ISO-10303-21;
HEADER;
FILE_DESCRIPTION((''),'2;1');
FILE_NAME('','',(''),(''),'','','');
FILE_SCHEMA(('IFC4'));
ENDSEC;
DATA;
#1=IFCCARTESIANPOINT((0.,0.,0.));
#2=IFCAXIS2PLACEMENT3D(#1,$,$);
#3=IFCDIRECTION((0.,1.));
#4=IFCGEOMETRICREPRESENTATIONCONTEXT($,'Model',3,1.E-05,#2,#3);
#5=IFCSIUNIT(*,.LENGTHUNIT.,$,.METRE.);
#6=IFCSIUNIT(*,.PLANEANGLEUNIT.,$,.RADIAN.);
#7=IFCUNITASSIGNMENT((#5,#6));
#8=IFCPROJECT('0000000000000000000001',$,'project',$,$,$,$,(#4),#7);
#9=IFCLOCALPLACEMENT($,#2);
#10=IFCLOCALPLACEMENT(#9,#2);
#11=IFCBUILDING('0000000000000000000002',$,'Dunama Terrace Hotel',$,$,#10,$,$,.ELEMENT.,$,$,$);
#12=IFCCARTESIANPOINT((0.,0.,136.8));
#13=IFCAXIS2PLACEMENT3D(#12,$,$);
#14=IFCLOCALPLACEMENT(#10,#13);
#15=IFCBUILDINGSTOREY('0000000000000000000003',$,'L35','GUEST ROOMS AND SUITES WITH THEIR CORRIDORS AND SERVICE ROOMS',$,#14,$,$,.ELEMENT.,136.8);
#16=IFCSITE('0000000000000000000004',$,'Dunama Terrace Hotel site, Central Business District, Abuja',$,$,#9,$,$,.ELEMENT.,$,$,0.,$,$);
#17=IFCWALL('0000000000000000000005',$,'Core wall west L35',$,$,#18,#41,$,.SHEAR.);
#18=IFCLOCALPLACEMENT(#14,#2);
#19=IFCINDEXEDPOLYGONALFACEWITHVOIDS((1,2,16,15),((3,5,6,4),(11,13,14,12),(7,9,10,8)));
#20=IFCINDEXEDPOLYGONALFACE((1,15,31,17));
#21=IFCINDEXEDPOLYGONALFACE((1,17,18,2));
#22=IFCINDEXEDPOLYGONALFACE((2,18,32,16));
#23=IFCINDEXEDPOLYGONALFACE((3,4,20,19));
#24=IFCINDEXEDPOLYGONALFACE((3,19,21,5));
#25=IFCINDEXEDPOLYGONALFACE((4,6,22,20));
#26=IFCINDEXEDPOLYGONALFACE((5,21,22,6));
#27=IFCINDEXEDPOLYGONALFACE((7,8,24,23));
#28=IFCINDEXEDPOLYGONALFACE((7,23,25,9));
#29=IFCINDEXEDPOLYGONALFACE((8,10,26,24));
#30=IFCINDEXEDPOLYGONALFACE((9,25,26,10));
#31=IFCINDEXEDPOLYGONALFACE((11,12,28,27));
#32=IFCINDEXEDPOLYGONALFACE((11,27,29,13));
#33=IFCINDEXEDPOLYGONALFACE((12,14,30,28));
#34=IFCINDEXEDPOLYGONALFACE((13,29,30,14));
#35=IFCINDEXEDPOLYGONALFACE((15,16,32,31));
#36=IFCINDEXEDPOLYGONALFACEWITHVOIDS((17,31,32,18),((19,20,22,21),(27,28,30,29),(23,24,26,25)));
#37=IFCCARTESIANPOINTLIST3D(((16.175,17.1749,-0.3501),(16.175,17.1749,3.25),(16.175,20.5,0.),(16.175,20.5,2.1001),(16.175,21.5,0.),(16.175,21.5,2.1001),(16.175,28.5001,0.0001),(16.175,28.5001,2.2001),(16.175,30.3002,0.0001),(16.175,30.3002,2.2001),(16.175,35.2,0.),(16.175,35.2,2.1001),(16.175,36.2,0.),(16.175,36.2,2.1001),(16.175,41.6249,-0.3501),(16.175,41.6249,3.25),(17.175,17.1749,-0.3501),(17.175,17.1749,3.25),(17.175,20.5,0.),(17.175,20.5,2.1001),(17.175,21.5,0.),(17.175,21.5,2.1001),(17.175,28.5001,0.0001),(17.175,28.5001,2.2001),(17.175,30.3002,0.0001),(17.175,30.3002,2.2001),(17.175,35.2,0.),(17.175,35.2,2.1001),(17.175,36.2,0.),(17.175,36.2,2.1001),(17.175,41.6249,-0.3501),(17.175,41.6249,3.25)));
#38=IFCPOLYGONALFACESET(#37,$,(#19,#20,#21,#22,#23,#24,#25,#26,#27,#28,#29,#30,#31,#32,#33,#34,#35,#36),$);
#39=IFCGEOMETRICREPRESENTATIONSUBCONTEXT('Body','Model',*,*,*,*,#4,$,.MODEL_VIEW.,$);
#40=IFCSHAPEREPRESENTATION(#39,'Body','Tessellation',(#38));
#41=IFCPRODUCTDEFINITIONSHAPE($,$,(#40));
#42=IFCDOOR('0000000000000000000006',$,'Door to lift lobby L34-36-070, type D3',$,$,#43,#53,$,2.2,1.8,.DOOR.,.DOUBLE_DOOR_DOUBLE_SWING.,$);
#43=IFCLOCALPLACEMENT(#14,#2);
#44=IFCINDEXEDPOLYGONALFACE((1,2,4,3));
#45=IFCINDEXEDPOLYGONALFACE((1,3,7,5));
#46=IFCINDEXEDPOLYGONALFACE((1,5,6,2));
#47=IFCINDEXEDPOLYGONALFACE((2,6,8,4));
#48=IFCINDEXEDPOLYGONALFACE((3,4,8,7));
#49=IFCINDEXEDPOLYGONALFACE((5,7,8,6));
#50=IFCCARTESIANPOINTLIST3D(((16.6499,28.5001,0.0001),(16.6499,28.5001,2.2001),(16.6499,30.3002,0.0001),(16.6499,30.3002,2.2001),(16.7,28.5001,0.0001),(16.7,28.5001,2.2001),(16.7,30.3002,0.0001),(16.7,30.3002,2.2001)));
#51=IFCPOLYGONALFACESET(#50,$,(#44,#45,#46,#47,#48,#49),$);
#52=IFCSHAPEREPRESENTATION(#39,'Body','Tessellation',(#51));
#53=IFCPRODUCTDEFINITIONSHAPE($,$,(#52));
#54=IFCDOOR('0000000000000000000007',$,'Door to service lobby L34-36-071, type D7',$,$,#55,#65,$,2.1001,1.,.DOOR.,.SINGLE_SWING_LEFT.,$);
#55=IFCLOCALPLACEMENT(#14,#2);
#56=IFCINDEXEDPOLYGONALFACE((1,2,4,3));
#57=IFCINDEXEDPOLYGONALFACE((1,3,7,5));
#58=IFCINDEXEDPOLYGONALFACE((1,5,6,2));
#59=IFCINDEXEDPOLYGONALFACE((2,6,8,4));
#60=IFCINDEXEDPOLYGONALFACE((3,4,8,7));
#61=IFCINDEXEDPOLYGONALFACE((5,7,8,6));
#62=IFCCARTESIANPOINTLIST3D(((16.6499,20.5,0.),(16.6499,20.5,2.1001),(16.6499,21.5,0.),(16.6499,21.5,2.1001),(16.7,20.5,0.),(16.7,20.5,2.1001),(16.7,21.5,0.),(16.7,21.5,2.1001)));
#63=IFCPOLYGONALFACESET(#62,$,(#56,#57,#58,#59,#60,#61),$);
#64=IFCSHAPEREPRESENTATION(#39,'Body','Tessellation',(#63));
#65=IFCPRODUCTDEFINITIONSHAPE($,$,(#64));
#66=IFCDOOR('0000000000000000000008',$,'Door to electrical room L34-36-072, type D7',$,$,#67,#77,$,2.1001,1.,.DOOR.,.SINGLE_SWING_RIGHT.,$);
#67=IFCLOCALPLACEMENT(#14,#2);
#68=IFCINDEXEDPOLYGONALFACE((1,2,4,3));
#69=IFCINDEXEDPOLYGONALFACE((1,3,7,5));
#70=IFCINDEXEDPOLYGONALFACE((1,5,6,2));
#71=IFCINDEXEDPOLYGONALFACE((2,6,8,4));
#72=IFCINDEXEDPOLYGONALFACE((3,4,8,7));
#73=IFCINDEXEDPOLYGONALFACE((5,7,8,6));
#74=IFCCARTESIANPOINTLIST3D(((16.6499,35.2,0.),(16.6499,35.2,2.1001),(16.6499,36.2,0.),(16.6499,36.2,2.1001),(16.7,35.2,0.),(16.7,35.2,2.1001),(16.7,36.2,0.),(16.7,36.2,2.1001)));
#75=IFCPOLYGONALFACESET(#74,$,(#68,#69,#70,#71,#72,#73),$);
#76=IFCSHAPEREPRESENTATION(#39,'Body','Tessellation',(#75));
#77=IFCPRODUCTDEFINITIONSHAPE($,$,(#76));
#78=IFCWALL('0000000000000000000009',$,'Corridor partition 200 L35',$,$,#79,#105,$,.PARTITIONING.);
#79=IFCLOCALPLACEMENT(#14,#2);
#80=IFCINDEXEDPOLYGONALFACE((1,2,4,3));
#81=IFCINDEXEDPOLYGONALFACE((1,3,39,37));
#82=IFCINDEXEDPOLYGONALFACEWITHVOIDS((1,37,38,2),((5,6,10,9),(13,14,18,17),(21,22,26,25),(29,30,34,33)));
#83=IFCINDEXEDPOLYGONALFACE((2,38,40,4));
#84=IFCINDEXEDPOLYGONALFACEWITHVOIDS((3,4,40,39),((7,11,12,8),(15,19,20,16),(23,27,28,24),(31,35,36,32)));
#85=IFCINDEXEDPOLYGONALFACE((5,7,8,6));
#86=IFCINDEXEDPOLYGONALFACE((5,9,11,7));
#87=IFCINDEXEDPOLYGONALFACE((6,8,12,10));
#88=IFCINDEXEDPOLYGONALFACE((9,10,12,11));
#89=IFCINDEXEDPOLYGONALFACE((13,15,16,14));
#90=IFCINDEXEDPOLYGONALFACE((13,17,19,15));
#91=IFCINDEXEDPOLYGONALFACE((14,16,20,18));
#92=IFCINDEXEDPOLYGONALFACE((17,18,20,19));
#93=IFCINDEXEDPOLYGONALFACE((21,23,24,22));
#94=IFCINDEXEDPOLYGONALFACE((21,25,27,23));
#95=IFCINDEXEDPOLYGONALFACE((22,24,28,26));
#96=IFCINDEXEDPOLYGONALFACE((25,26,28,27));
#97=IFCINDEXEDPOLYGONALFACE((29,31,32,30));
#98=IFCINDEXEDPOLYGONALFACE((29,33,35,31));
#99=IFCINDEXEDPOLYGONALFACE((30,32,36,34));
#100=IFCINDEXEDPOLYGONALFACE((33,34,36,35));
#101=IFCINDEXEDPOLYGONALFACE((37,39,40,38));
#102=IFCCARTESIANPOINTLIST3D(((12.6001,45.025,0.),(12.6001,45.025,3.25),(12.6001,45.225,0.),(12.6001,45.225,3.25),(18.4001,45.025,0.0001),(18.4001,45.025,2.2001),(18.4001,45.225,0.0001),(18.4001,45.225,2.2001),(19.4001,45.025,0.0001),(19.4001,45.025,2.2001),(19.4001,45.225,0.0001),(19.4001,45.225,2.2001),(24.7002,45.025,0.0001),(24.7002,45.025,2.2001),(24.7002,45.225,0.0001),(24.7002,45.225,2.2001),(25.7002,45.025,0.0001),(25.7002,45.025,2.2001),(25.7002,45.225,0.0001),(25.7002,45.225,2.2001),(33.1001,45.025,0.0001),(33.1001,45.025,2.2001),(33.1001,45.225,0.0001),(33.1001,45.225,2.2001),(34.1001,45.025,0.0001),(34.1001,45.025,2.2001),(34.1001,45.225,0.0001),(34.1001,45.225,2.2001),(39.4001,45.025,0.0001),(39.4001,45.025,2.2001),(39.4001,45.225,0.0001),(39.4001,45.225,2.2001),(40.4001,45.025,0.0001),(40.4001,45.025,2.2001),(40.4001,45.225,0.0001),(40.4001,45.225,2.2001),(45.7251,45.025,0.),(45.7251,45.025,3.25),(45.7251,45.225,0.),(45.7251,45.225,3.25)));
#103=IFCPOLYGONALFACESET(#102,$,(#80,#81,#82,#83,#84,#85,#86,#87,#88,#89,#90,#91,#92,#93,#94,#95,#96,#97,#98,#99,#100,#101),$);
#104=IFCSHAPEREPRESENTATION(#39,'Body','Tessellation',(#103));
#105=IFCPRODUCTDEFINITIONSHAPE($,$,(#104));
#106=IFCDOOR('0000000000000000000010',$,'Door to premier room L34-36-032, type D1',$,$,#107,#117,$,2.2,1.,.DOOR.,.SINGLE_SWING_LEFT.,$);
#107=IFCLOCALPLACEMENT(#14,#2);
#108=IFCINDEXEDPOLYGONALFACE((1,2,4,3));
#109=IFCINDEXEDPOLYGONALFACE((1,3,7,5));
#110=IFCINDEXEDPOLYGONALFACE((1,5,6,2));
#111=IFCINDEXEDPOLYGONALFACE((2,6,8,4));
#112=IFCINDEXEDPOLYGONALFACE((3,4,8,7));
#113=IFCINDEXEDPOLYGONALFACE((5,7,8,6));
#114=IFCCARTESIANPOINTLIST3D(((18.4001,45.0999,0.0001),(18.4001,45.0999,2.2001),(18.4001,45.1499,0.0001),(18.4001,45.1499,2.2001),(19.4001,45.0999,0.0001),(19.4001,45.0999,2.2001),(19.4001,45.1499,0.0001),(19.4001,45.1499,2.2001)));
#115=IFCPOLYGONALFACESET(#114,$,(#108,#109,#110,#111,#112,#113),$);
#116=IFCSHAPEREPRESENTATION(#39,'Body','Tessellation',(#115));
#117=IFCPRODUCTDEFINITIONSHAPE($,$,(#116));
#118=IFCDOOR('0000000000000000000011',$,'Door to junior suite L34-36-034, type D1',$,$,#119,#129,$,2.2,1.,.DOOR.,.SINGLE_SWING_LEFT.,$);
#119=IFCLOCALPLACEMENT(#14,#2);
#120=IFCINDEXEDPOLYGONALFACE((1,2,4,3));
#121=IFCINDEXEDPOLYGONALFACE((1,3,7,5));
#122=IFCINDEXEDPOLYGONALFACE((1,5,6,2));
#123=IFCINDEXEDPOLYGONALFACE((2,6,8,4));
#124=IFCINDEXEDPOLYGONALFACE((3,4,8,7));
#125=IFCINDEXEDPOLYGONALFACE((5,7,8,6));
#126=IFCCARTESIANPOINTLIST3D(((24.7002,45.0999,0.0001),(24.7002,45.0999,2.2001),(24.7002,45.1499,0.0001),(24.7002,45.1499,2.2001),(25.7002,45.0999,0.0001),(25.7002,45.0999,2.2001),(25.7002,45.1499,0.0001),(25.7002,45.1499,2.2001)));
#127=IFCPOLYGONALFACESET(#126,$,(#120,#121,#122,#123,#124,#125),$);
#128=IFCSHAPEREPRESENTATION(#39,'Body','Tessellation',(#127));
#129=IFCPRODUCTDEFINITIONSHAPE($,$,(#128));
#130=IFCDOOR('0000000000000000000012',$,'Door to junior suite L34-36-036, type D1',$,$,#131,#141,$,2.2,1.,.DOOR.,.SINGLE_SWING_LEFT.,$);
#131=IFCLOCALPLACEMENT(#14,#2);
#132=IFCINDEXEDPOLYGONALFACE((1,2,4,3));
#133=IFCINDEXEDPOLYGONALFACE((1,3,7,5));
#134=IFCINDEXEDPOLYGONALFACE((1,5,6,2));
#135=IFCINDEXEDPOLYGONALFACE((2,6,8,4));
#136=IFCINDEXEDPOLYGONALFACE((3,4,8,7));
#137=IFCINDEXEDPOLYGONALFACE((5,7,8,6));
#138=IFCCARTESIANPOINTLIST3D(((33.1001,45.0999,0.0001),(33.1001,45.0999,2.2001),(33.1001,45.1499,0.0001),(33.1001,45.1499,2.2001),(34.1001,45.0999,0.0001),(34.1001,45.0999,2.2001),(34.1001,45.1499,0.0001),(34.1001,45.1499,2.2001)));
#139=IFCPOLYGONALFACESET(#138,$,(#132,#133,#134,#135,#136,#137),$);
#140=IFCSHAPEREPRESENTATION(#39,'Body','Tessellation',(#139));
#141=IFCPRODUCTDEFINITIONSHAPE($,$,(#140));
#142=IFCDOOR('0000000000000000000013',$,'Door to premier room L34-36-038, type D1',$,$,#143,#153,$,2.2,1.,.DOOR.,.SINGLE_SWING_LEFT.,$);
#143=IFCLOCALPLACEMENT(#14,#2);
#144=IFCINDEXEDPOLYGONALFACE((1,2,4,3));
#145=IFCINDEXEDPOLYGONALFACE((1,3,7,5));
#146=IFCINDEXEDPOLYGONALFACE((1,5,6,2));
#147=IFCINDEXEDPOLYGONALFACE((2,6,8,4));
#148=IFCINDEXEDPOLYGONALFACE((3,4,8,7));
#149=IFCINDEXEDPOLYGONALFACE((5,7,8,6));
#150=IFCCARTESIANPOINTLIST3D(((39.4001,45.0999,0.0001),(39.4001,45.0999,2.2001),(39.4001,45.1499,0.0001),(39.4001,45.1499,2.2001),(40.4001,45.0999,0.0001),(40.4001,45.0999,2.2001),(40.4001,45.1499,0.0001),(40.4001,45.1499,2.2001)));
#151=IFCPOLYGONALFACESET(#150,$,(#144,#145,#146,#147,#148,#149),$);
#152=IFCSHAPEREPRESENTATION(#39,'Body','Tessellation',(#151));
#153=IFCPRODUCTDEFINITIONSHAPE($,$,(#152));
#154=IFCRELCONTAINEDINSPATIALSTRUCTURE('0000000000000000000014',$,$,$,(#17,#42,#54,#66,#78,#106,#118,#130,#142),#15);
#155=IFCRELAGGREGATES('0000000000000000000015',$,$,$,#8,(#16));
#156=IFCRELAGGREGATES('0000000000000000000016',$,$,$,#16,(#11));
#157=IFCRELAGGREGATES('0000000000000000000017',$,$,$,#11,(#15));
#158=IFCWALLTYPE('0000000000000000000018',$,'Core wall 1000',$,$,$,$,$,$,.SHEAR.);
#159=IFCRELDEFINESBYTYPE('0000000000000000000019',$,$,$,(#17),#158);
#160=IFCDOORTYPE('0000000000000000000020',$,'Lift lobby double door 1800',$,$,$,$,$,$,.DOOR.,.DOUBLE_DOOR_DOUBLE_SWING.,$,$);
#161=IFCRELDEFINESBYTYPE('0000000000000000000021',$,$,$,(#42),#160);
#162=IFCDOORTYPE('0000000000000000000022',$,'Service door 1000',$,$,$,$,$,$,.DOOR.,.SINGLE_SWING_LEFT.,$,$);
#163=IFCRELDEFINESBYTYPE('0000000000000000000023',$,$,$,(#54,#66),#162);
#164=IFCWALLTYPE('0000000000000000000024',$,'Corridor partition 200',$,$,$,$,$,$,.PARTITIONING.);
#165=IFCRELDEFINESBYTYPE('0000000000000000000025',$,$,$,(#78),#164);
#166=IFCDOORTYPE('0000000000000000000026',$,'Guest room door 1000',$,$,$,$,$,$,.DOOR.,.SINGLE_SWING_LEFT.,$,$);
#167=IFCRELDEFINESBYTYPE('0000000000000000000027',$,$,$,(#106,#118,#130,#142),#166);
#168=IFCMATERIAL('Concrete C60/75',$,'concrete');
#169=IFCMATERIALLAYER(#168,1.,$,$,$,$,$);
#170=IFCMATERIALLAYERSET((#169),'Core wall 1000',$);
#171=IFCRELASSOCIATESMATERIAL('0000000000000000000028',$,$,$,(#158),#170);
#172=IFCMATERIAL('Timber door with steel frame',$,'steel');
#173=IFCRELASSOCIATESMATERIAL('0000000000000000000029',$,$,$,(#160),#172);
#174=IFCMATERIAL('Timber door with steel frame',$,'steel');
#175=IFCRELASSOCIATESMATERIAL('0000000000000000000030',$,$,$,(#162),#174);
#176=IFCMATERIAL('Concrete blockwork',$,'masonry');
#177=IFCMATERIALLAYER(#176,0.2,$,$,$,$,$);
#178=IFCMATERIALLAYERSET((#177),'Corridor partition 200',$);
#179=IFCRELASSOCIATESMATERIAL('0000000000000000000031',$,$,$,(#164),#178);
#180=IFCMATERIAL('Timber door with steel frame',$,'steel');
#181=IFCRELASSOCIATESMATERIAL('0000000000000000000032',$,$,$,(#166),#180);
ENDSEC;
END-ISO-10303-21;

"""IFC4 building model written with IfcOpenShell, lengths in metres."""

from ifc_helpers import new_model, si_unit, direction, frame, frame_2d, origin, place, context, subcontext, project, spatial, rectangle, extrude, material, layer, layer_set, type_object, element, fill, save


model = new_model("IFC4")

# Units and contexts
model_context = context("Model", 3, precision=1e-05, world=origin(), true_north=direction((0.0, 1.0)))
body_context = subcontext(model_context, "Body", "Model", "MODEL_VIEW")
ifc_project = project(units=[si_unit("LENGTHUNIT", "METRE"), si_unit("PLANEANGLEUNIT", "RADIAN")], contexts=[model_context])

# Site, building, storey
site_placement = place(None, origin())
site = spatial("IfcSite", under=ifc_project, at=site_placement, Name="Dunama Terrace Hotel site, Central Business District, Abuja", CompositionType="ELEMENT", RefElevation=0.0)
building_placement = place(site_placement, origin())
building = spatial("IfcBuilding", under=site, at=building_placement, Name="Dunama Terrace Hotel", CompositionType="ELEMENT")
storey_placement = place(building_placement, frame((0.0, 0.0, 136.8)))
storey = spatial("IfcBuildingStorey", under=building, at=storey_placement, Name="L35", Description="GUEST ROOMS AND SUITES WITH THEIR CORRIDORS AND SERVICE ROOMS", CompositionType="ELEMENT", Elevation=136.8)

# Walls, openings, doors
ifc_material_1 = material(Name="Concrete C60/75", Category="concrete")
ifc_layer_1 = layer(ifc_material_1, 1.0)
ifc_layer_set_1 = layer_set([ifc_layer_1], Name="Core wall 1000")
wall_type_1 = type_object("IfcWallType", Name="Core wall 1000", PredefinedType="SHEAR", material=ifc_layer_set_1)
wall_1_placement = place(storey_placement, frame((16.675, 41.625, -0.3501), z_axis=(0.0, 0.0, 1.0), x_axis=(0.0, -1.0, 0.0)))
wall_1 = element("IfcWall", 1, at=wall_1_placement, inside=storey, type_object=wall_type_1, Name="Core wall west L35", PredefinedType="SHEAR", context=body_context, shape_type="SweptSolid", body=[
    extrude(rectangle(XDim=24.45, YDim=1.0, at=frame_2d((12.2251, 0.0))), origin(), (0.0, 0.0, 1.0), 3.6001),
])
opening_1_placement = place(wall_1_placement, frame((11.325, 0.0, 0.3501)))
opening_1 = element("IfcOpeningElement", 2, at=opening_1_placement, cuts=wall_1, PredefinedType="OPENING", context=body_context, shape_type="SweptSolid", body=[
    extrude(rectangle(XDim=1.8, YDim=2.2, at=frame_2d((0.8999, 1.1001))), frame((0.0, 0.51, 0.0), z_axis=(0.0, -1.0, 0.0), x_axis=(1.0, 0.0, 0.0)), (0.0, 0.0, 1.0), 1.02),
])
opening_2_placement = place(wall_1_placement, frame((20.125, 0.0, 0.3501)))
opening_2 = element("IfcOpeningElement", 3, at=opening_2_placement, cuts=wall_1, PredefinedType="OPENING", context=body_context, shape_type="SweptSolid", body=[
    extrude(rectangle(XDim=1.0, YDim=2.1001, at=frame_2d((0.5, 1.05))), frame((0.0, 0.51, 0.0), z_axis=(0.0, -1.0, 0.0), x_axis=(1.0, 0.0, 0.0)), (0.0, 0.0, 1.0), 1.02),
])
opening_3_placement = place(wall_1_placement, frame((5.425, 0.0, 0.3501)))
opening_3 = element("IfcOpeningElement", 4, at=opening_3_placement, cuts=wall_1, PredefinedType="OPENING", context=body_context, shape_type="SweptSolid", body=[
    extrude(rectangle(XDim=1.0, YDim=2.1001, at=frame_2d((0.5, 1.05))), frame((0.0, 0.51, 0.0), z_axis=(0.0, -1.0, 0.0), x_axis=(1.0, 0.0, 0.0)), (0.0, 0.0, 1.0), 1.02),
])
ifc_material_2 = material(Name="Timber door with steel frame", Category="steel")
door_type_1 = type_object("IfcDoorType", Name="Lift lobby double door 1800", OperationType="DOUBLE_DOOR_DOUBLE_SWING", PredefinedType="DOOR", material=ifc_material_2)
door_1_placement = place(opening_1_placement, origin())
door_1 = element("IfcDoor", 5, at=door_1_placement, inside=storey, type_object=door_type_1, Name="Door to lift lobby L34-36-070, type D3", OperationType="DOUBLE_DOOR_DOUBLE_SWING", OverallHeight=2.2, OverallWidth=1.8, PredefinedType="DOOR", context=body_context, shape_type="SweptSolid", body=[
    extrude(rectangle(XDim=1.8, YDim=2.2, at=frame_2d((0.8999, 1.1001))), frame((0.0, 0.0249, 0.0), z_axis=(0.0, -1.0, 0.0), x_axis=(1.0, 0.0, 0.0)), (0.0, 0.0, 1.0), 0.05),
])
fill(opening_1, door_1)
ifc_material_3 = material(Name="Timber door with steel frame", Category="steel")
door_type_2 = type_object("IfcDoorType", Name="Service door 1000", OperationType="SINGLE_SWING_LEFT", PredefinedType="DOOR", material=ifc_material_3)
door_2_placement = place(opening_2_placement, origin())
door_2 = element("IfcDoor", 6, at=door_2_placement, inside=storey, type_object=door_type_2, Name="Door to service lobby L34-36-071, type D7", OperationType="SINGLE_SWING_LEFT", OverallHeight=2.1001, OverallWidth=1.0, PredefinedType="DOOR", context=body_context, shape_type="SweptSolid", body=[
    extrude(rectangle(XDim=1.0, YDim=2.1001, at=frame_2d((0.5, 1.05))), frame((0.0, 0.0249, 0.0), z_axis=(0.0, -1.0, 0.0), x_axis=(1.0, 0.0, 0.0)), (0.0, 0.0, 1.0), 0.05),
])
fill(opening_2, door_2)
door_3_placement = place(opening_3_placement, origin())
door_3 = element("IfcDoor", 7, at=door_3_placement, inside=storey, type_object=door_type_2, Name="Door to electrical room L34-36-072, type D7", OperationType="SINGLE_SWING_RIGHT", OverallHeight=2.1001, OverallWidth=1.0, PredefinedType="DOOR", context=body_context, shape_type="SweptSolid", body=[
    extrude(rectangle(XDim=1.0, YDim=2.1001, at=frame_2d((0.5, 1.05))), frame((0.0, 0.0249, 0.0), z_axis=(0.0, -1.0, 0.0), x_axis=(1.0, 0.0, 0.0)), (0.0, 0.0, 1.0), 0.05),
])
fill(opening_3, door_3)
ifc_material_4 = material(Name="Concrete blockwork", Category="masonry")
ifc_layer_2 = layer(ifc_material_4, 0.2)
ifc_layer_set_2 = layer_set([ifc_layer_2], Name="Corridor partition 200")
wall_type_2 = type_object("IfcWallType", Name="Corridor partition 200", PredefinedType="PARTITIONING", material=ifc_layer_set_2)
wall_2_placement = place(storey_placement, frame((12.6001, 45.125, 0.0), z_axis=(0.0, 0.0, 1.0), x_axis=(1.0, 0.0, 0.0)))
wall_2 = element("IfcWall", 8, at=wall_2_placement, inside=storey, type_object=wall_type_2, Name="Corridor partition 200 L35", PredefinedType="PARTITIONING", context=body_context, shape_type="SweptSolid", body=[
    extrude(rectangle(XDim=33.125, YDim=0.2, at=frame_2d((16.5625, 0.0))), origin(), (0.0, 0.0, 1.0), 3.25),
])
opening_4_placement = place(wall_2_placement, frame((5.8, 0.0, 0.0)))
opening_4 = element("IfcOpeningElement", 9, at=opening_4_placement, cuts=wall_2, PredefinedType="OPENING", context=body_context, shape_type="SweptSolid", body=[
    extrude(rectangle(XDim=1.0, YDim=2.2, at=frame_2d((0.5, 1.1001))), frame((0.0, 0.1099, 0.0), z_axis=(0.0, -1.0, 0.0), x_axis=(1.0, 0.0, 0.0)), (0.0, 0.0, 1.0), 0.22),
])
opening_5_placement = place(wall_2_placement, frame((12.1001, 0.0, 0.0)))
opening_5 = element("IfcOpeningElement", 10, at=opening_5_placement, cuts=wall_2, PredefinedType="OPENING", context=body_context, shape_type="SweptSolid", body=[
    extrude(rectangle(XDim=1.0, YDim=2.2, at=frame_2d((0.5, 1.1001))), frame((0.0, 0.1099, 0.0), z_axis=(0.0, -1.0, 0.0), x_axis=(1.0, 0.0, 0.0)), (0.0, 0.0, 1.0), 0.22),
])
opening_6_placement = place(wall_2_placement, frame((20.5, 0.0, 0.0)))
opening_6 = element("IfcOpeningElement", 11, at=opening_6_placement, cuts=wall_2, PredefinedType="OPENING", context=body_context, shape_type="SweptSolid", body=[
    extrude(rectangle(XDim=1.0, YDim=2.2, at=frame_2d((0.5, 1.1001))), frame((0.0, 0.1099, 0.0), z_axis=(0.0, -1.0, 0.0), x_axis=(1.0, 0.0, 0.0)), (0.0, 0.0, 1.0), 0.22),
])
opening_7_placement = place(wall_2_placement, frame((26.8, 0.0, 0.0)))
opening_7 = element("IfcOpeningElement", 12, at=opening_7_placement, cuts=wall_2, PredefinedType="OPENING", context=body_context, shape_type="SweptSolid", body=[
    extrude(rectangle(XDim=1.0, YDim=2.2, at=frame_2d((0.5, 1.1001))), frame((0.0, 0.1099, 0.0), z_axis=(0.0, -1.0, 0.0), x_axis=(1.0, 0.0, 0.0)), (0.0, 0.0, 1.0), 0.22),
])
ifc_material_5 = material(Name="Timber door with steel frame", Category="steel")
door_type_3 = type_object("IfcDoorType", Name="Guest room door 1000", OperationType="SINGLE_SWING_LEFT", PredefinedType="DOOR", material=ifc_material_5)
door_4_placement = place(opening_4_placement, origin())
door_4 = element("IfcDoor", 13, at=door_4_placement, inside=storey, type_object=door_type_3, Name="Door to premier room L34-36-032, type D1", OperationType="SINGLE_SWING_LEFT", OverallHeight=2.2, OverallWidth=1.0, PredefinedType="DOOR", context=body_context, shape_type="SweptSolid", body=[
    extrude(rectangle(XDim=1.0, YDim=2.2, at=frame_2d((0.5, 1.1001))), frame((0.0, 0.0249, 0.0), z_axis=(0.0, -1.0, 0.0), x_axis=(1.0, 0.0, 0.0)), (0.0, 0.0, 1.0), 0.05),
])
fill(opening_4, door_4)
door_5_placement = place(opening_5_placement, origin())
door_5 = element("IfcDoor", 14, at=door_5_placement, inside=storey, type_object=door_type_3, Name="Door to junior suite L34-36-034, type D1", OperationType="SINGLE_SWING_LEFT", OverallHeight=2.2, OverallWidth=1.0, PredefinedType="DOOR", context=body_context, shape_type="SweptSolid", body=[
    extrude(rectangle(XDim=1.0, YDim=2.2, at=frame_2d((0.5, 1.1001))), frame((0.0, 0.0249, 0.0), z_axis=(0.0, -1.0, 0.0), x_axis=(1.0, 0.0, 0.0)), (0.0, 0.0, 1.0), 0.05),
])
fill(opening_5, door_5)
door_6_placement = place(opening_6_placement, origin())
door_6 = element("IfcDoor", 15, at=door_6_placement, inside=storey, type_object=door_type_3, Name="Door to junior suite L34-36-036, type D1", OperationType="SINGLE_SWING_LEFT", OverallHeight=2.2, OverallWidth=1.0, PredefinedType="DOOR", context=body_context, shape_type="SweptSolid", body=[
    extrude(rectangle(XDim=1.0, YDim=2.2, at=frame_2d((0.5, 1.1001))), frame((0.0, 0.0249, 0.0), z_axis=(0.0, -1.0, 0.0), x_axis=(1.0, 0.0, 0.0)), (0.0, 0.0, 1.0), 0.05),
])
fill(opening_6, door_6)
door_7_placement = place(opening_7_placement, origin())
door_7 = element("IfcDoor", 16, at=door_7_placement, inside=storey, type_object=door_type_3, Name="Door to premier room L34-36-038, type D1", OperationType="SINGLE_SWING_LEFT", OverallHeight=2.2, OverallWidth=1.0, PredefinedType="DOOR", context=body_context, shape_type="SweptSolid", body=[
    extrude(rectangle(XDim=1.0, YDim=2.2, at=frame_2d((0.5, 1.1001))), frame((0.0, 0.0249, 0.0), z_axis=(0.0, -1.0, 0.0), x_axis=(1.0, 0.0, 0.0)), (0.0, 0.0, 1.0), 0.05),
])
fill(opening_7, door_7)

save(model, "model.ifc")
